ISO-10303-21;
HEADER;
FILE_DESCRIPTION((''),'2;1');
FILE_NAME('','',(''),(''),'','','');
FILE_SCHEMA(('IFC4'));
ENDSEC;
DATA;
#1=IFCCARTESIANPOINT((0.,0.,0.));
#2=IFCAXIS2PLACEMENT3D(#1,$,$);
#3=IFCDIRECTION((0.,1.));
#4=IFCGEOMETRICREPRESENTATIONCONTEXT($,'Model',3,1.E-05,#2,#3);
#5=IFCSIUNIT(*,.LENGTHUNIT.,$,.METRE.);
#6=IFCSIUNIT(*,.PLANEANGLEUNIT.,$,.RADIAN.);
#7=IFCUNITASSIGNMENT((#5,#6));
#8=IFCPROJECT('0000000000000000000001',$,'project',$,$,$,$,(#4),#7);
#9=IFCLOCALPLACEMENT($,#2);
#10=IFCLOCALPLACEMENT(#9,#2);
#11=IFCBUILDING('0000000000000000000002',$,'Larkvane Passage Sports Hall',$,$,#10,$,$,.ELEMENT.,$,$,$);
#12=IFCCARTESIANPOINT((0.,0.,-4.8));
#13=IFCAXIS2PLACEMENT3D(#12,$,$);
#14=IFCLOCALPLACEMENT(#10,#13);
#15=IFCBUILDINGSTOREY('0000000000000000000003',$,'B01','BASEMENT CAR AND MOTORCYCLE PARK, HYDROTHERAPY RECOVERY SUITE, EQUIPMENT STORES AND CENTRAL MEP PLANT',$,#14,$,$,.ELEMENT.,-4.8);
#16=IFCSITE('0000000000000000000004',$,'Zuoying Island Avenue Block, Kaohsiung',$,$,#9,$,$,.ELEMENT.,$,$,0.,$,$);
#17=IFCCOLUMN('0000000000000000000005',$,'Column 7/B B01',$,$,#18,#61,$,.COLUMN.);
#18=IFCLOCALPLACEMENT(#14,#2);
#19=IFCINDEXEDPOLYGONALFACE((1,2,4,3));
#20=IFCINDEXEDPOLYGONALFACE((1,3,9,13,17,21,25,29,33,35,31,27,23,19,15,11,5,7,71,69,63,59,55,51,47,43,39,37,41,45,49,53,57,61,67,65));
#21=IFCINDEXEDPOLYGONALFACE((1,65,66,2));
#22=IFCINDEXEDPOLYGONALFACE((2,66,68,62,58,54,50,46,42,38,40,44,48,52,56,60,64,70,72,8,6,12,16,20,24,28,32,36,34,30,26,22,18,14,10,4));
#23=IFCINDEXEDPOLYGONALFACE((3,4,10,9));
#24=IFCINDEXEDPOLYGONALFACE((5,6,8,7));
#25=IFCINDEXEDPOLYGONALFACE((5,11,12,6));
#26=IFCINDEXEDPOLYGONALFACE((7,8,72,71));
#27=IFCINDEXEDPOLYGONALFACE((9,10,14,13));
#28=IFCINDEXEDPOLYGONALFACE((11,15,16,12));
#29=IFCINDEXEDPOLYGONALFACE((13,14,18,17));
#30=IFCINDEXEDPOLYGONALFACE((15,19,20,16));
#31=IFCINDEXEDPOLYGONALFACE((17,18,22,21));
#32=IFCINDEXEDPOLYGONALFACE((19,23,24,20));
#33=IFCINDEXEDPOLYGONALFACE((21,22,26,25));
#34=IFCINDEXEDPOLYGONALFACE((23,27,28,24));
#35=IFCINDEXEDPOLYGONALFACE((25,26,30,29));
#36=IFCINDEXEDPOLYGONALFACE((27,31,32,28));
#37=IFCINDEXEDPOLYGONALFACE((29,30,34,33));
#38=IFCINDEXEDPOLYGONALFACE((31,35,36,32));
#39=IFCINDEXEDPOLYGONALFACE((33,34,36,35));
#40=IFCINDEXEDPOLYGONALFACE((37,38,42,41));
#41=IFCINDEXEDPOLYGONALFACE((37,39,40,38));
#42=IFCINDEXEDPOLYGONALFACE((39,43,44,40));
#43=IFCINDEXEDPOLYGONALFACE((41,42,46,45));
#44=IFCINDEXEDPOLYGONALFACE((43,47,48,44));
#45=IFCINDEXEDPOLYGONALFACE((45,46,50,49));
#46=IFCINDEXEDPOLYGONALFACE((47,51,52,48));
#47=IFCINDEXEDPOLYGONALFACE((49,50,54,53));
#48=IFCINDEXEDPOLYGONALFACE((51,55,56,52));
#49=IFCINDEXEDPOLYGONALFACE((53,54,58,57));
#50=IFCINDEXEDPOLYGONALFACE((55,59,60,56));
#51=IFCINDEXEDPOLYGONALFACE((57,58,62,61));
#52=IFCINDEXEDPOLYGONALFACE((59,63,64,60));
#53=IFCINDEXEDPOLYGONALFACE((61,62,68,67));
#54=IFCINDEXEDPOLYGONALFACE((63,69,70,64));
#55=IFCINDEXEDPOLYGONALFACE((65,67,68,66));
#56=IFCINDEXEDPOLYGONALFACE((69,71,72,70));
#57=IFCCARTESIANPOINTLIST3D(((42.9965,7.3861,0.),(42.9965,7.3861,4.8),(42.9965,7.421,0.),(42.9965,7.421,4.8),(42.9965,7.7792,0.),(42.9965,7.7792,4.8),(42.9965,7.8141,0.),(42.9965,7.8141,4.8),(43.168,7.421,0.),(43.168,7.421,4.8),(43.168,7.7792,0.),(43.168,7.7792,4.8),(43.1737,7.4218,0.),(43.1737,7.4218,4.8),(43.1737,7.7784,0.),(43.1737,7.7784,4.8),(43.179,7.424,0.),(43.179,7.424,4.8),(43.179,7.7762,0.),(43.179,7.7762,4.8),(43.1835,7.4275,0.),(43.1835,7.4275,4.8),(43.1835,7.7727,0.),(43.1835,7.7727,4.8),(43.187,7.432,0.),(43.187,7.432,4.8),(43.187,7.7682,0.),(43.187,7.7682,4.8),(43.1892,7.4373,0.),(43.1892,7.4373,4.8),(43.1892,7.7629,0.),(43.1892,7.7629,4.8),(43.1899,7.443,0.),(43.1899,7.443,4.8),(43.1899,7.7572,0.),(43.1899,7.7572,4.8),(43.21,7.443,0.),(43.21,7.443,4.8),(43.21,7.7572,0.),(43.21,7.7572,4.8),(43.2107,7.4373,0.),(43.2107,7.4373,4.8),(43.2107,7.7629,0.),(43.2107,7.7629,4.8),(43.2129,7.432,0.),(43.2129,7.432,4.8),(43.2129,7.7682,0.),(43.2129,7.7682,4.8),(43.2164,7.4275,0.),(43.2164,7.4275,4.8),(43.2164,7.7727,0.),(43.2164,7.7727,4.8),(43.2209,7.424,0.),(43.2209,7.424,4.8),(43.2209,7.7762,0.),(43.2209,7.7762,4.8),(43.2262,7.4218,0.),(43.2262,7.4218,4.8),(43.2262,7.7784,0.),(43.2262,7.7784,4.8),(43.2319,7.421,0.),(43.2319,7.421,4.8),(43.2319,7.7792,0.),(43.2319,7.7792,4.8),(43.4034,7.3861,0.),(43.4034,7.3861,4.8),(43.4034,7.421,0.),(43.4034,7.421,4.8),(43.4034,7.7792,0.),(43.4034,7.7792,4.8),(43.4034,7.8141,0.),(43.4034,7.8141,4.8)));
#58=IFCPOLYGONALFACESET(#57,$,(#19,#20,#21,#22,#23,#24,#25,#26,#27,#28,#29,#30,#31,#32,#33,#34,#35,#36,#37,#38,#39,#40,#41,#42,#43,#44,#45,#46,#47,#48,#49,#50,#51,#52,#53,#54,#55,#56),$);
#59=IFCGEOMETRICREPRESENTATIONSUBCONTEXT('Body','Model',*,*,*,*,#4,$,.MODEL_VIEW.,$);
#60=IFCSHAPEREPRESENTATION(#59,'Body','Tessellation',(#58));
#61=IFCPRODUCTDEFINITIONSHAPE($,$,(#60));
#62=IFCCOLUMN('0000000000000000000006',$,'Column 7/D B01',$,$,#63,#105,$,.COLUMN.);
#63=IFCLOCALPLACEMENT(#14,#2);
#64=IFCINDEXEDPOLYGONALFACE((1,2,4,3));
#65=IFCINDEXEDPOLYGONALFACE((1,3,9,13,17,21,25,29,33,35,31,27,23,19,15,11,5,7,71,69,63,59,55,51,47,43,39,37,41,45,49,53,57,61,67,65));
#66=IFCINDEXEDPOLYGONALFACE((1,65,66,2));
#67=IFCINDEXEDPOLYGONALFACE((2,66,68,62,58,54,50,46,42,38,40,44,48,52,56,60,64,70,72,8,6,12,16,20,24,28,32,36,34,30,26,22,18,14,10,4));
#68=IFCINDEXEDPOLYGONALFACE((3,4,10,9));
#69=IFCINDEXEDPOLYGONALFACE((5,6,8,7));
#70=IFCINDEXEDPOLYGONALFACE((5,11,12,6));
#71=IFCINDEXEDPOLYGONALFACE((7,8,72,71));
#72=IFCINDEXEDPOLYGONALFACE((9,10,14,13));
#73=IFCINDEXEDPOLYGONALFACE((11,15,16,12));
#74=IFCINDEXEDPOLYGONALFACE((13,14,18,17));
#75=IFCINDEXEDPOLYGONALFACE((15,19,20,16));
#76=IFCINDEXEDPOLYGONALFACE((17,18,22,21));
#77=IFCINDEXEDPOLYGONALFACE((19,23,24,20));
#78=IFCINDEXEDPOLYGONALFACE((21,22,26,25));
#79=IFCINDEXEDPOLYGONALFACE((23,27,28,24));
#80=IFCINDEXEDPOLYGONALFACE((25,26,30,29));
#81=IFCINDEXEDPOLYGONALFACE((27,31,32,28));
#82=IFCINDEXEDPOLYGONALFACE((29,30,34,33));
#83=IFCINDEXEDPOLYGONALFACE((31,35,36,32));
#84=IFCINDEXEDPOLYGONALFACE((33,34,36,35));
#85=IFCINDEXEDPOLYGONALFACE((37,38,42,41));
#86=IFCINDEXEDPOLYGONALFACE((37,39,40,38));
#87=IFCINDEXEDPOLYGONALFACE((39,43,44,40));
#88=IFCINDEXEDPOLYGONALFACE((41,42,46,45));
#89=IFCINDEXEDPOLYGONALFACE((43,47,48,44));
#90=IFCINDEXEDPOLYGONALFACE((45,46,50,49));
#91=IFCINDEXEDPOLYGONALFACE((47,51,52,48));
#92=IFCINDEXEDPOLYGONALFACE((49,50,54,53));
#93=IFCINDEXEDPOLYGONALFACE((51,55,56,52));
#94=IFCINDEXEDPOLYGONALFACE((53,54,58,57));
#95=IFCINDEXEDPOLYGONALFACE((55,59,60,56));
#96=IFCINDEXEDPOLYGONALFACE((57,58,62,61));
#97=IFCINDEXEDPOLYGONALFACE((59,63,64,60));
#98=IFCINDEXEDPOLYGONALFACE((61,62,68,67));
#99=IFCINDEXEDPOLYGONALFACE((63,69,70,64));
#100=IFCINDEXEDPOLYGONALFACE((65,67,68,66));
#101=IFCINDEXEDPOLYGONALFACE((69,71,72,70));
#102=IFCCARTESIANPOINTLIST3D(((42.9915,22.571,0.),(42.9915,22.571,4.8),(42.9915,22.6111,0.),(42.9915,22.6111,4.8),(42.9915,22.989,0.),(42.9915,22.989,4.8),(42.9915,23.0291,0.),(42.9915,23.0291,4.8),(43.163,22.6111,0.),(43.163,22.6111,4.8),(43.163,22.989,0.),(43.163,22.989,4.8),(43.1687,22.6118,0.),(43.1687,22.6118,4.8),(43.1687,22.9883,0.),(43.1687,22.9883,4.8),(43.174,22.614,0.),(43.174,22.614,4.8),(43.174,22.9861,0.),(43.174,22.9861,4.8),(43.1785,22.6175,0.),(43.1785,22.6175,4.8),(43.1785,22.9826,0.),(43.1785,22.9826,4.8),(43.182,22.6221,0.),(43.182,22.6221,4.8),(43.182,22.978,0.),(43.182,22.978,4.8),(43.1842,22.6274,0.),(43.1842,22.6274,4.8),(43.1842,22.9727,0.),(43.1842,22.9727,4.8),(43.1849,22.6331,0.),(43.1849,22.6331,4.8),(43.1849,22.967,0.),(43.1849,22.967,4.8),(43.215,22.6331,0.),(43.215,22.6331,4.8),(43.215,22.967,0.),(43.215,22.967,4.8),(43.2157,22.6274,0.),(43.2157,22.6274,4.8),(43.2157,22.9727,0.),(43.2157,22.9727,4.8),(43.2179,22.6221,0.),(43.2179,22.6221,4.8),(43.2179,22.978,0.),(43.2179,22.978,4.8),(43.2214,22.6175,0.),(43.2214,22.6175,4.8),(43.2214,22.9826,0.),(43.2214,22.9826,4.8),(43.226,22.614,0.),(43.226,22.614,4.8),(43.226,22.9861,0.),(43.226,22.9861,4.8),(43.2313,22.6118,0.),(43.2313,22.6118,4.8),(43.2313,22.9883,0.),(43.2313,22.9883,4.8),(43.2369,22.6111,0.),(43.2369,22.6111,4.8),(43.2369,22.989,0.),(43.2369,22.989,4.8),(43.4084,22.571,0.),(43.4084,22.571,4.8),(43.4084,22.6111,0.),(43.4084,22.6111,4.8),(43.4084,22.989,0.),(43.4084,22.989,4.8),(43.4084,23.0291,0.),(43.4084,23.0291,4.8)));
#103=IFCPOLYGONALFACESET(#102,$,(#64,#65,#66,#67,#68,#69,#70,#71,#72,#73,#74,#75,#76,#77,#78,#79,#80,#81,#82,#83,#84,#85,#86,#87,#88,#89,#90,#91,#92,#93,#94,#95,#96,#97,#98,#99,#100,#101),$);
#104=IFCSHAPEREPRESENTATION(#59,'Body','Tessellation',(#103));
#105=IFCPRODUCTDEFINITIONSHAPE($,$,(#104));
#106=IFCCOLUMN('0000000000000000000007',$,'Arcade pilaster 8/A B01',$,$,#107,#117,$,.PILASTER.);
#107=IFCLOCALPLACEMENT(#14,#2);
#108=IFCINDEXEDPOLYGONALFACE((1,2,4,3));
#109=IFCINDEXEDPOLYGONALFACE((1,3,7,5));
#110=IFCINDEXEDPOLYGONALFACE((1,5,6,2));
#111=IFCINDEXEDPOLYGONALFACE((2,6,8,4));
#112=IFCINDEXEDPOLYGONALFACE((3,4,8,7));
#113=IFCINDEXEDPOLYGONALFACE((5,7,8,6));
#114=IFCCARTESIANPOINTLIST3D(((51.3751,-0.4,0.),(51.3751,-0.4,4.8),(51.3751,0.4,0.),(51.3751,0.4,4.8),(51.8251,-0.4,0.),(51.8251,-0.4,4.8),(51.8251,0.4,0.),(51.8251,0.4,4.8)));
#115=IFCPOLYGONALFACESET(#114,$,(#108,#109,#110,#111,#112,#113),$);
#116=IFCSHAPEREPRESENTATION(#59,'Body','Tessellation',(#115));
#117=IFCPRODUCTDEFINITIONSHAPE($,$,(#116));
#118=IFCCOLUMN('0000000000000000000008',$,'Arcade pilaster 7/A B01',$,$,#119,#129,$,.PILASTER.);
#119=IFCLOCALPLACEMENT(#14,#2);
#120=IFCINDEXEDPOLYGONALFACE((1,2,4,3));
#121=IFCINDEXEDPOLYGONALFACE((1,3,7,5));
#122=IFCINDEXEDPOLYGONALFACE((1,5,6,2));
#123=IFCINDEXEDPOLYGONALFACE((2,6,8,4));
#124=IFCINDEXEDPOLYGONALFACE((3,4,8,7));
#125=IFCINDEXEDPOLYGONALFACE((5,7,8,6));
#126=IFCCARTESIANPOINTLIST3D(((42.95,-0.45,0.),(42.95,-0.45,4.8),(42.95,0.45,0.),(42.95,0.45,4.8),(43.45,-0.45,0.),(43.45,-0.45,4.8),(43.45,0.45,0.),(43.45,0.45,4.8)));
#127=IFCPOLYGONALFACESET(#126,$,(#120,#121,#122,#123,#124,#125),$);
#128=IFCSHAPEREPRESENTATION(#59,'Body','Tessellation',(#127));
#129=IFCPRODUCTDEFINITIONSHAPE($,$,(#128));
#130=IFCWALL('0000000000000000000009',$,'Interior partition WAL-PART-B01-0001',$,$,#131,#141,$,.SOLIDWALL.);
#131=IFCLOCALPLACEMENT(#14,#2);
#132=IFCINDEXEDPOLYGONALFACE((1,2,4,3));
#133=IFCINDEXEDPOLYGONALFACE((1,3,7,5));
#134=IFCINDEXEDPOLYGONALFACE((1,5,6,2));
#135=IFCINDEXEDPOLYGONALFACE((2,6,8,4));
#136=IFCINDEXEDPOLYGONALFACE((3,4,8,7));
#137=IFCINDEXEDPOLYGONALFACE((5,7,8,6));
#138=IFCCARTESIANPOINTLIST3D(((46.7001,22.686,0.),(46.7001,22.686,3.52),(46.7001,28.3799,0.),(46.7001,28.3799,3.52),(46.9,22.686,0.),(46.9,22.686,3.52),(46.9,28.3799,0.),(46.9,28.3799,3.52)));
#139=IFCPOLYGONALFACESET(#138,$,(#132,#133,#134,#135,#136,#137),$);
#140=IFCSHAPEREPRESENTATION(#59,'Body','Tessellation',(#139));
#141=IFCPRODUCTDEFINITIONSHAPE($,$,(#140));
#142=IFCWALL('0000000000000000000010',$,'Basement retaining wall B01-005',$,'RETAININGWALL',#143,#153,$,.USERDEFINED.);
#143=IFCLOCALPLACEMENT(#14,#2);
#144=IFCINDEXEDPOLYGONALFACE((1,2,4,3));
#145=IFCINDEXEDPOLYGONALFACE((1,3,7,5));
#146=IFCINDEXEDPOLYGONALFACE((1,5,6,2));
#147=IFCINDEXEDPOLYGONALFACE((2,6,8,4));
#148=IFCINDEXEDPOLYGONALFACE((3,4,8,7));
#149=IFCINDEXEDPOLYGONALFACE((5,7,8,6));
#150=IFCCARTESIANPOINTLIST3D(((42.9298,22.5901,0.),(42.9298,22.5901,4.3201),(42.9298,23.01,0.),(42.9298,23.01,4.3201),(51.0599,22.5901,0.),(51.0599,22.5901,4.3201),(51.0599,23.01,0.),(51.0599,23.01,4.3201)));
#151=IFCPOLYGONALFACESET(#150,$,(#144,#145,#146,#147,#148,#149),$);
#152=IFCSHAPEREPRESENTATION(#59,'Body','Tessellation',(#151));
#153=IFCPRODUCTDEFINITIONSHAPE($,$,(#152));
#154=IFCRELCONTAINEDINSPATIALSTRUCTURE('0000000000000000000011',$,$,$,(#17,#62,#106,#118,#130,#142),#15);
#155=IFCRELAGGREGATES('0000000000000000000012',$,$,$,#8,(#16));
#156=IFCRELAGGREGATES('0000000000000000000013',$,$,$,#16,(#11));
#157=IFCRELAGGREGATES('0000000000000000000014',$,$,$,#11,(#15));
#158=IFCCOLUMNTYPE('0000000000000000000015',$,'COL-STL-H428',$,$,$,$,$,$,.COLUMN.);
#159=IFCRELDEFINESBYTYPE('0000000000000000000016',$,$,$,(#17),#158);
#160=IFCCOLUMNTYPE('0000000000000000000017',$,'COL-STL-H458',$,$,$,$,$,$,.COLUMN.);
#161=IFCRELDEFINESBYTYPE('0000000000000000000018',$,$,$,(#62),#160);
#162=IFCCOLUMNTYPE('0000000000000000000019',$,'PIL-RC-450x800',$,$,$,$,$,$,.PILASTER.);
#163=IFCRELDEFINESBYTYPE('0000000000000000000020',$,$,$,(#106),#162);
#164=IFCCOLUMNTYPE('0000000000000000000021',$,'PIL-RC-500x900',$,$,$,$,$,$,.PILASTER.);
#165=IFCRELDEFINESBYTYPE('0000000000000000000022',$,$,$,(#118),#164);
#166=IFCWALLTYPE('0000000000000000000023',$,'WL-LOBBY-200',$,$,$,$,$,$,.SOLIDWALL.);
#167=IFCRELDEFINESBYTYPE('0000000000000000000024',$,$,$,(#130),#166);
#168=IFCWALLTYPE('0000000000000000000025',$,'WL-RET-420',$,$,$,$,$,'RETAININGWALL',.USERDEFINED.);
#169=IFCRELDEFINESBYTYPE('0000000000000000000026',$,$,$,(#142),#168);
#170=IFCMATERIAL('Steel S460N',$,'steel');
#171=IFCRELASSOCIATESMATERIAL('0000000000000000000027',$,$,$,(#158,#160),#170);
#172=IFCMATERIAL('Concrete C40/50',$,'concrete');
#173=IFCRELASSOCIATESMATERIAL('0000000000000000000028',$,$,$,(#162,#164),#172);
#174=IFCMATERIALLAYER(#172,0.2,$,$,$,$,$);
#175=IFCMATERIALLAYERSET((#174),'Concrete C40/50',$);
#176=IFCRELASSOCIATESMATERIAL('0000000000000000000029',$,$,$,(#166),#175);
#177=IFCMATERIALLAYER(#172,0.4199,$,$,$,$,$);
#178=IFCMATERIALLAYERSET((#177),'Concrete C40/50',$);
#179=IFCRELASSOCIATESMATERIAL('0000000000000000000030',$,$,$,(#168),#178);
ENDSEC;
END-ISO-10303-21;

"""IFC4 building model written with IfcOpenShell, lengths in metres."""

from ifc_helpers import new_model, si_unit, direction, frame, frame_2d, origin, origin_2d, place, context, subcontext, project, spatial, rectangle, i_section, extrude, material, layer, layer_set, material_profile, profile_set, type_object, element, save


model = new_model("IFC4")

# Units and contexts
model_context = context("Model", 3, precision=1e-05, world=origin(), true_north=direction((0.0, 1.0)))
body_context = subcontext(model_context, "Body", "Model", "MODEL_VIEW")
ifc_project = project(units=[si_unit("LENGTHUNIT", "METRE"), si_unit("PLANEANGLEUNIT", "RADIAN")], contexts=[model_context])

# Site, building, storey
site_placement = place(None, origin())
site = spatial("IfcSite", under=ifc_project, at=site_placement, Name="Zuoying Island Avenue Block, Kaohsiung", CompositionType="ELEMENT", RefElevation=0.0)
building_placement = place(site_placement, origin())
building = spatial("IfcBuilding", under=site, at=building_placement, Name="Larkvane Passage Sports Hall", CompositionType="ELEMENT")
storey_placement = place(building_placement, frame((0.0, 0.0, -4.8)))
storey = spatial("IfcBuildingStorey", under=building, at=storey_placement, Name="B01", Description="BASEMENT CAR AND MOTORCYCLE PARK, HYDROTHERAPY RECOVERY SUITE, EQUIPMENT STORES AND CENTRAL MEP PLANT", CompositionType="ELEMENT", Elevation=-4.8)

# Shared definitions
ifc_material_1 = material(Name="Concrete C40/50", Category="concrete")

# Columns
ifc_material_2 = material(Name="Steel S460N", Category="steel")
ifc_material_profile_1 = material_profile(ifc_material_2, i_section(OverallWidth=0.407, OverallDepth=0.428, WebThickness=0.02, FlangeThickness=0.0349, FilletRadius=0.022, at=origin_2d()), Name="H-428x407x20x35")
ifc_profile_set_1 = profile_set([ifc_material_profile_1], Name="Steel S460N")
column_type_1 = type_object("IfcColumnType", Name="COL-STL-H428", PredefinedType="COLUMN", material=ifc_profile_set_1)
column_1_placement = place(storey_placement, frame((43.2, 7.6001, 0.0), z_axis=(0.0, 0.0, 1.0), x_axis=(1.0, 0.0, 0.0)))
element("IfcColumn", 1, at=column_1_placement, inside=storey, type_object=column_type_1, Name="Column 7/B B01", PredefinedType="COLUMN", context=body_context, shape_type="SweptSolid", body=[
    extrude(i_section(OverallWidth=0.407, OverallDepth=0.428, WebThickness=0.02, FlangeThickness=0.0349, FilletRadius=0.022, at=origin_2d()), origin(), (0.0, 0.0, 1.0), 4.8),
])
ifc_material_profile_2 = material_profile(ifc_material_2, i_section(OverallWidth=0.417, OverallDepth=0.458, WebThickness=0.03, FlangeThickness=0.04, FilletRadius=0.022, at=origin_2d()), Name="H-458x417x30x40")
ifc_profile_set_2 = profile_set([ifc_material_profile_2], Name="Steel S460N")
column_type_2 = type_object("IfcColumnType", Name="COL-STL-H458", PredefinedType="COLUMN", material=ifc_profile_set_2)
column_2_placement = place(storey_placement, frame((43.2, 22.8, 0.0), z_axis=(0.0, 0.0, 1.0), x_axis=(1.0, 0.0, 0.0)))
element("IfcColumn", 2, at=column_2_placement, inside=storey, type_object=column_type_2, Name="Column 7/D B01", PredefinedType="COLUMN", context=body_context, shape_type="SweptSolid", body=[
    extrude(i_section(OverallWidth=0.417, OverallDepth=0.458, WebThickness=0.03, FlangeThickness=0.04, FilletRadius=0.022, at=origin_2d()), origin(), (0.0, 0.0, 1.0), 4.8),
])
ifc_material_profile_3 = material_profile(ifc_material_1, rectangle(XDim=0.45, YDim=0.8, at=origin_2d()), Name="RC-PIL-450x800")
ifc_profile_set_3 = profile_set([ifc_material_profile_3], Name="Concrete C40/50")
column_type_3 = type_object("IfcColumnType", Name="PIL-RC-450x800", PredefinedType="PILASTER", material=ifc_profile_set_3)
column_3_placement = place(storey_placement, frame((51.6001, 0.0, 0.0), z_axis=(0.0, 0.0, 1.0), x_axis=(1.0, 0.0, 0.0)))
element("IfcColumn", 3, at=column_3_placement, inside=storey, type_object=column_type_3, Name="Arcade pilaster 8/A B01", PredefinedType="PILASTER", context=body_context, shape_type="SweptSolid", body=[
    extrude(rectangle(XDim=0.45, YDim=0.8, at=origin_2d()), origin(), (0.0, 0.0, 1.0), 4.8),
])
ifc_material_profile_4 = material_profile(ifc_material_1, rectangle(XDim=0.5, YDim=0.8999, at=origin_2d()), Name="RC-PIL-500x900")
ifc_profile_set_4 = profile_set([ifc_material_profile_4], Name="Concrete C40/50")
column_type_4 = type_object("IfcColumnType", Name="PIL-RC-500x900", PredefinedType="PILASTER", material=ifc_profile_set_4)
column_4_placement = place(storey_placement, frame((43.2, 0.0, 0.0), z_axis=(0.0, 0.0, 1.0), x_axis=(1.0, 0.0, 0.0)))
element("IfcColumn", 4, at=column_4_placement, inside=storey, type_object=column_type_4, Name="Arcade pilaster 7/A B01", PredefinedType="PILASTER", context=body_context, shape_type="SweptSolid", body=[
    extrude(rectangle(XDim=0.5, YDim=0.8999, at=origin_2d()), origin(), (0.0, 0.0, 1.0), 4.8),
])

# Walls
ifc_layer_1 = layer(ifc_material_1, 0.2)
ifc_layer_set_1 = layer_set([ifc_layer_1], Name="Concrete C40/50")
wall_type_1 = type_object("IfcWallType", Name="WL-LOBBY-200", PredefinedType="SOLIDWALL", material=ifc_layer_set_1)
wall_1_placement = place(storey_placement, frame((46.8, 22.686, 0.0), z_axis=(0.0, 0.0, 1.0), x_axis=(0.0, 1.0, 0.0)))
element("IfcWall", 5, at=wall_1_placement, inside=storey, type_object=wall_type_1, Name="Interior partition WAL-PART-B01-0001", PredefinedType="SOLIDWALL", context=body_context, shape_type="SweptSolid", body=[
    extrude(rectangle(XDim=5.6938, YDim=0.2, at=frame_2d((2.8469, 0.0))), origin(), (0.0, 0.0, 1.0), 3.52),
])
ifc_layer_2 = layer(ifc_material_1, 0.4199)
ifc_layer_set_2 = layer_set([ifc_layer_2], Name="Concrete C40/50")
wall_type_2 = type_object("IfcWallType", Name="WL-RET-420", ElementType="RETAININGWALL", PredefinedType="USERDEFINED", material=ifc_layer_set_2)
wall_2_placement = place(storey_placement, frame((42.9299, 22.8, 0.0), z_axis=(0.0, 0.0, 1.0), x_axis=(1.0, 0.0, 0.0)))
element("IfcWall", 6, at=wall_2_placement, inside=storey, type_object=wall_type_2, Name="Basement retaining wall B01-005", ObjectType="RETAININGWALL", PredefinedType="USERDEFINED", context=body_context, shape_type="SweptSolid", body=[
    extrude(rectangle(XDim=8.1301, YDim=0.4199, at=frame_2d((4.0649, 0.0))), origin(), (0.0, 0.0, 1.0), 4.3201),
])

save(model, "model.ifc")
